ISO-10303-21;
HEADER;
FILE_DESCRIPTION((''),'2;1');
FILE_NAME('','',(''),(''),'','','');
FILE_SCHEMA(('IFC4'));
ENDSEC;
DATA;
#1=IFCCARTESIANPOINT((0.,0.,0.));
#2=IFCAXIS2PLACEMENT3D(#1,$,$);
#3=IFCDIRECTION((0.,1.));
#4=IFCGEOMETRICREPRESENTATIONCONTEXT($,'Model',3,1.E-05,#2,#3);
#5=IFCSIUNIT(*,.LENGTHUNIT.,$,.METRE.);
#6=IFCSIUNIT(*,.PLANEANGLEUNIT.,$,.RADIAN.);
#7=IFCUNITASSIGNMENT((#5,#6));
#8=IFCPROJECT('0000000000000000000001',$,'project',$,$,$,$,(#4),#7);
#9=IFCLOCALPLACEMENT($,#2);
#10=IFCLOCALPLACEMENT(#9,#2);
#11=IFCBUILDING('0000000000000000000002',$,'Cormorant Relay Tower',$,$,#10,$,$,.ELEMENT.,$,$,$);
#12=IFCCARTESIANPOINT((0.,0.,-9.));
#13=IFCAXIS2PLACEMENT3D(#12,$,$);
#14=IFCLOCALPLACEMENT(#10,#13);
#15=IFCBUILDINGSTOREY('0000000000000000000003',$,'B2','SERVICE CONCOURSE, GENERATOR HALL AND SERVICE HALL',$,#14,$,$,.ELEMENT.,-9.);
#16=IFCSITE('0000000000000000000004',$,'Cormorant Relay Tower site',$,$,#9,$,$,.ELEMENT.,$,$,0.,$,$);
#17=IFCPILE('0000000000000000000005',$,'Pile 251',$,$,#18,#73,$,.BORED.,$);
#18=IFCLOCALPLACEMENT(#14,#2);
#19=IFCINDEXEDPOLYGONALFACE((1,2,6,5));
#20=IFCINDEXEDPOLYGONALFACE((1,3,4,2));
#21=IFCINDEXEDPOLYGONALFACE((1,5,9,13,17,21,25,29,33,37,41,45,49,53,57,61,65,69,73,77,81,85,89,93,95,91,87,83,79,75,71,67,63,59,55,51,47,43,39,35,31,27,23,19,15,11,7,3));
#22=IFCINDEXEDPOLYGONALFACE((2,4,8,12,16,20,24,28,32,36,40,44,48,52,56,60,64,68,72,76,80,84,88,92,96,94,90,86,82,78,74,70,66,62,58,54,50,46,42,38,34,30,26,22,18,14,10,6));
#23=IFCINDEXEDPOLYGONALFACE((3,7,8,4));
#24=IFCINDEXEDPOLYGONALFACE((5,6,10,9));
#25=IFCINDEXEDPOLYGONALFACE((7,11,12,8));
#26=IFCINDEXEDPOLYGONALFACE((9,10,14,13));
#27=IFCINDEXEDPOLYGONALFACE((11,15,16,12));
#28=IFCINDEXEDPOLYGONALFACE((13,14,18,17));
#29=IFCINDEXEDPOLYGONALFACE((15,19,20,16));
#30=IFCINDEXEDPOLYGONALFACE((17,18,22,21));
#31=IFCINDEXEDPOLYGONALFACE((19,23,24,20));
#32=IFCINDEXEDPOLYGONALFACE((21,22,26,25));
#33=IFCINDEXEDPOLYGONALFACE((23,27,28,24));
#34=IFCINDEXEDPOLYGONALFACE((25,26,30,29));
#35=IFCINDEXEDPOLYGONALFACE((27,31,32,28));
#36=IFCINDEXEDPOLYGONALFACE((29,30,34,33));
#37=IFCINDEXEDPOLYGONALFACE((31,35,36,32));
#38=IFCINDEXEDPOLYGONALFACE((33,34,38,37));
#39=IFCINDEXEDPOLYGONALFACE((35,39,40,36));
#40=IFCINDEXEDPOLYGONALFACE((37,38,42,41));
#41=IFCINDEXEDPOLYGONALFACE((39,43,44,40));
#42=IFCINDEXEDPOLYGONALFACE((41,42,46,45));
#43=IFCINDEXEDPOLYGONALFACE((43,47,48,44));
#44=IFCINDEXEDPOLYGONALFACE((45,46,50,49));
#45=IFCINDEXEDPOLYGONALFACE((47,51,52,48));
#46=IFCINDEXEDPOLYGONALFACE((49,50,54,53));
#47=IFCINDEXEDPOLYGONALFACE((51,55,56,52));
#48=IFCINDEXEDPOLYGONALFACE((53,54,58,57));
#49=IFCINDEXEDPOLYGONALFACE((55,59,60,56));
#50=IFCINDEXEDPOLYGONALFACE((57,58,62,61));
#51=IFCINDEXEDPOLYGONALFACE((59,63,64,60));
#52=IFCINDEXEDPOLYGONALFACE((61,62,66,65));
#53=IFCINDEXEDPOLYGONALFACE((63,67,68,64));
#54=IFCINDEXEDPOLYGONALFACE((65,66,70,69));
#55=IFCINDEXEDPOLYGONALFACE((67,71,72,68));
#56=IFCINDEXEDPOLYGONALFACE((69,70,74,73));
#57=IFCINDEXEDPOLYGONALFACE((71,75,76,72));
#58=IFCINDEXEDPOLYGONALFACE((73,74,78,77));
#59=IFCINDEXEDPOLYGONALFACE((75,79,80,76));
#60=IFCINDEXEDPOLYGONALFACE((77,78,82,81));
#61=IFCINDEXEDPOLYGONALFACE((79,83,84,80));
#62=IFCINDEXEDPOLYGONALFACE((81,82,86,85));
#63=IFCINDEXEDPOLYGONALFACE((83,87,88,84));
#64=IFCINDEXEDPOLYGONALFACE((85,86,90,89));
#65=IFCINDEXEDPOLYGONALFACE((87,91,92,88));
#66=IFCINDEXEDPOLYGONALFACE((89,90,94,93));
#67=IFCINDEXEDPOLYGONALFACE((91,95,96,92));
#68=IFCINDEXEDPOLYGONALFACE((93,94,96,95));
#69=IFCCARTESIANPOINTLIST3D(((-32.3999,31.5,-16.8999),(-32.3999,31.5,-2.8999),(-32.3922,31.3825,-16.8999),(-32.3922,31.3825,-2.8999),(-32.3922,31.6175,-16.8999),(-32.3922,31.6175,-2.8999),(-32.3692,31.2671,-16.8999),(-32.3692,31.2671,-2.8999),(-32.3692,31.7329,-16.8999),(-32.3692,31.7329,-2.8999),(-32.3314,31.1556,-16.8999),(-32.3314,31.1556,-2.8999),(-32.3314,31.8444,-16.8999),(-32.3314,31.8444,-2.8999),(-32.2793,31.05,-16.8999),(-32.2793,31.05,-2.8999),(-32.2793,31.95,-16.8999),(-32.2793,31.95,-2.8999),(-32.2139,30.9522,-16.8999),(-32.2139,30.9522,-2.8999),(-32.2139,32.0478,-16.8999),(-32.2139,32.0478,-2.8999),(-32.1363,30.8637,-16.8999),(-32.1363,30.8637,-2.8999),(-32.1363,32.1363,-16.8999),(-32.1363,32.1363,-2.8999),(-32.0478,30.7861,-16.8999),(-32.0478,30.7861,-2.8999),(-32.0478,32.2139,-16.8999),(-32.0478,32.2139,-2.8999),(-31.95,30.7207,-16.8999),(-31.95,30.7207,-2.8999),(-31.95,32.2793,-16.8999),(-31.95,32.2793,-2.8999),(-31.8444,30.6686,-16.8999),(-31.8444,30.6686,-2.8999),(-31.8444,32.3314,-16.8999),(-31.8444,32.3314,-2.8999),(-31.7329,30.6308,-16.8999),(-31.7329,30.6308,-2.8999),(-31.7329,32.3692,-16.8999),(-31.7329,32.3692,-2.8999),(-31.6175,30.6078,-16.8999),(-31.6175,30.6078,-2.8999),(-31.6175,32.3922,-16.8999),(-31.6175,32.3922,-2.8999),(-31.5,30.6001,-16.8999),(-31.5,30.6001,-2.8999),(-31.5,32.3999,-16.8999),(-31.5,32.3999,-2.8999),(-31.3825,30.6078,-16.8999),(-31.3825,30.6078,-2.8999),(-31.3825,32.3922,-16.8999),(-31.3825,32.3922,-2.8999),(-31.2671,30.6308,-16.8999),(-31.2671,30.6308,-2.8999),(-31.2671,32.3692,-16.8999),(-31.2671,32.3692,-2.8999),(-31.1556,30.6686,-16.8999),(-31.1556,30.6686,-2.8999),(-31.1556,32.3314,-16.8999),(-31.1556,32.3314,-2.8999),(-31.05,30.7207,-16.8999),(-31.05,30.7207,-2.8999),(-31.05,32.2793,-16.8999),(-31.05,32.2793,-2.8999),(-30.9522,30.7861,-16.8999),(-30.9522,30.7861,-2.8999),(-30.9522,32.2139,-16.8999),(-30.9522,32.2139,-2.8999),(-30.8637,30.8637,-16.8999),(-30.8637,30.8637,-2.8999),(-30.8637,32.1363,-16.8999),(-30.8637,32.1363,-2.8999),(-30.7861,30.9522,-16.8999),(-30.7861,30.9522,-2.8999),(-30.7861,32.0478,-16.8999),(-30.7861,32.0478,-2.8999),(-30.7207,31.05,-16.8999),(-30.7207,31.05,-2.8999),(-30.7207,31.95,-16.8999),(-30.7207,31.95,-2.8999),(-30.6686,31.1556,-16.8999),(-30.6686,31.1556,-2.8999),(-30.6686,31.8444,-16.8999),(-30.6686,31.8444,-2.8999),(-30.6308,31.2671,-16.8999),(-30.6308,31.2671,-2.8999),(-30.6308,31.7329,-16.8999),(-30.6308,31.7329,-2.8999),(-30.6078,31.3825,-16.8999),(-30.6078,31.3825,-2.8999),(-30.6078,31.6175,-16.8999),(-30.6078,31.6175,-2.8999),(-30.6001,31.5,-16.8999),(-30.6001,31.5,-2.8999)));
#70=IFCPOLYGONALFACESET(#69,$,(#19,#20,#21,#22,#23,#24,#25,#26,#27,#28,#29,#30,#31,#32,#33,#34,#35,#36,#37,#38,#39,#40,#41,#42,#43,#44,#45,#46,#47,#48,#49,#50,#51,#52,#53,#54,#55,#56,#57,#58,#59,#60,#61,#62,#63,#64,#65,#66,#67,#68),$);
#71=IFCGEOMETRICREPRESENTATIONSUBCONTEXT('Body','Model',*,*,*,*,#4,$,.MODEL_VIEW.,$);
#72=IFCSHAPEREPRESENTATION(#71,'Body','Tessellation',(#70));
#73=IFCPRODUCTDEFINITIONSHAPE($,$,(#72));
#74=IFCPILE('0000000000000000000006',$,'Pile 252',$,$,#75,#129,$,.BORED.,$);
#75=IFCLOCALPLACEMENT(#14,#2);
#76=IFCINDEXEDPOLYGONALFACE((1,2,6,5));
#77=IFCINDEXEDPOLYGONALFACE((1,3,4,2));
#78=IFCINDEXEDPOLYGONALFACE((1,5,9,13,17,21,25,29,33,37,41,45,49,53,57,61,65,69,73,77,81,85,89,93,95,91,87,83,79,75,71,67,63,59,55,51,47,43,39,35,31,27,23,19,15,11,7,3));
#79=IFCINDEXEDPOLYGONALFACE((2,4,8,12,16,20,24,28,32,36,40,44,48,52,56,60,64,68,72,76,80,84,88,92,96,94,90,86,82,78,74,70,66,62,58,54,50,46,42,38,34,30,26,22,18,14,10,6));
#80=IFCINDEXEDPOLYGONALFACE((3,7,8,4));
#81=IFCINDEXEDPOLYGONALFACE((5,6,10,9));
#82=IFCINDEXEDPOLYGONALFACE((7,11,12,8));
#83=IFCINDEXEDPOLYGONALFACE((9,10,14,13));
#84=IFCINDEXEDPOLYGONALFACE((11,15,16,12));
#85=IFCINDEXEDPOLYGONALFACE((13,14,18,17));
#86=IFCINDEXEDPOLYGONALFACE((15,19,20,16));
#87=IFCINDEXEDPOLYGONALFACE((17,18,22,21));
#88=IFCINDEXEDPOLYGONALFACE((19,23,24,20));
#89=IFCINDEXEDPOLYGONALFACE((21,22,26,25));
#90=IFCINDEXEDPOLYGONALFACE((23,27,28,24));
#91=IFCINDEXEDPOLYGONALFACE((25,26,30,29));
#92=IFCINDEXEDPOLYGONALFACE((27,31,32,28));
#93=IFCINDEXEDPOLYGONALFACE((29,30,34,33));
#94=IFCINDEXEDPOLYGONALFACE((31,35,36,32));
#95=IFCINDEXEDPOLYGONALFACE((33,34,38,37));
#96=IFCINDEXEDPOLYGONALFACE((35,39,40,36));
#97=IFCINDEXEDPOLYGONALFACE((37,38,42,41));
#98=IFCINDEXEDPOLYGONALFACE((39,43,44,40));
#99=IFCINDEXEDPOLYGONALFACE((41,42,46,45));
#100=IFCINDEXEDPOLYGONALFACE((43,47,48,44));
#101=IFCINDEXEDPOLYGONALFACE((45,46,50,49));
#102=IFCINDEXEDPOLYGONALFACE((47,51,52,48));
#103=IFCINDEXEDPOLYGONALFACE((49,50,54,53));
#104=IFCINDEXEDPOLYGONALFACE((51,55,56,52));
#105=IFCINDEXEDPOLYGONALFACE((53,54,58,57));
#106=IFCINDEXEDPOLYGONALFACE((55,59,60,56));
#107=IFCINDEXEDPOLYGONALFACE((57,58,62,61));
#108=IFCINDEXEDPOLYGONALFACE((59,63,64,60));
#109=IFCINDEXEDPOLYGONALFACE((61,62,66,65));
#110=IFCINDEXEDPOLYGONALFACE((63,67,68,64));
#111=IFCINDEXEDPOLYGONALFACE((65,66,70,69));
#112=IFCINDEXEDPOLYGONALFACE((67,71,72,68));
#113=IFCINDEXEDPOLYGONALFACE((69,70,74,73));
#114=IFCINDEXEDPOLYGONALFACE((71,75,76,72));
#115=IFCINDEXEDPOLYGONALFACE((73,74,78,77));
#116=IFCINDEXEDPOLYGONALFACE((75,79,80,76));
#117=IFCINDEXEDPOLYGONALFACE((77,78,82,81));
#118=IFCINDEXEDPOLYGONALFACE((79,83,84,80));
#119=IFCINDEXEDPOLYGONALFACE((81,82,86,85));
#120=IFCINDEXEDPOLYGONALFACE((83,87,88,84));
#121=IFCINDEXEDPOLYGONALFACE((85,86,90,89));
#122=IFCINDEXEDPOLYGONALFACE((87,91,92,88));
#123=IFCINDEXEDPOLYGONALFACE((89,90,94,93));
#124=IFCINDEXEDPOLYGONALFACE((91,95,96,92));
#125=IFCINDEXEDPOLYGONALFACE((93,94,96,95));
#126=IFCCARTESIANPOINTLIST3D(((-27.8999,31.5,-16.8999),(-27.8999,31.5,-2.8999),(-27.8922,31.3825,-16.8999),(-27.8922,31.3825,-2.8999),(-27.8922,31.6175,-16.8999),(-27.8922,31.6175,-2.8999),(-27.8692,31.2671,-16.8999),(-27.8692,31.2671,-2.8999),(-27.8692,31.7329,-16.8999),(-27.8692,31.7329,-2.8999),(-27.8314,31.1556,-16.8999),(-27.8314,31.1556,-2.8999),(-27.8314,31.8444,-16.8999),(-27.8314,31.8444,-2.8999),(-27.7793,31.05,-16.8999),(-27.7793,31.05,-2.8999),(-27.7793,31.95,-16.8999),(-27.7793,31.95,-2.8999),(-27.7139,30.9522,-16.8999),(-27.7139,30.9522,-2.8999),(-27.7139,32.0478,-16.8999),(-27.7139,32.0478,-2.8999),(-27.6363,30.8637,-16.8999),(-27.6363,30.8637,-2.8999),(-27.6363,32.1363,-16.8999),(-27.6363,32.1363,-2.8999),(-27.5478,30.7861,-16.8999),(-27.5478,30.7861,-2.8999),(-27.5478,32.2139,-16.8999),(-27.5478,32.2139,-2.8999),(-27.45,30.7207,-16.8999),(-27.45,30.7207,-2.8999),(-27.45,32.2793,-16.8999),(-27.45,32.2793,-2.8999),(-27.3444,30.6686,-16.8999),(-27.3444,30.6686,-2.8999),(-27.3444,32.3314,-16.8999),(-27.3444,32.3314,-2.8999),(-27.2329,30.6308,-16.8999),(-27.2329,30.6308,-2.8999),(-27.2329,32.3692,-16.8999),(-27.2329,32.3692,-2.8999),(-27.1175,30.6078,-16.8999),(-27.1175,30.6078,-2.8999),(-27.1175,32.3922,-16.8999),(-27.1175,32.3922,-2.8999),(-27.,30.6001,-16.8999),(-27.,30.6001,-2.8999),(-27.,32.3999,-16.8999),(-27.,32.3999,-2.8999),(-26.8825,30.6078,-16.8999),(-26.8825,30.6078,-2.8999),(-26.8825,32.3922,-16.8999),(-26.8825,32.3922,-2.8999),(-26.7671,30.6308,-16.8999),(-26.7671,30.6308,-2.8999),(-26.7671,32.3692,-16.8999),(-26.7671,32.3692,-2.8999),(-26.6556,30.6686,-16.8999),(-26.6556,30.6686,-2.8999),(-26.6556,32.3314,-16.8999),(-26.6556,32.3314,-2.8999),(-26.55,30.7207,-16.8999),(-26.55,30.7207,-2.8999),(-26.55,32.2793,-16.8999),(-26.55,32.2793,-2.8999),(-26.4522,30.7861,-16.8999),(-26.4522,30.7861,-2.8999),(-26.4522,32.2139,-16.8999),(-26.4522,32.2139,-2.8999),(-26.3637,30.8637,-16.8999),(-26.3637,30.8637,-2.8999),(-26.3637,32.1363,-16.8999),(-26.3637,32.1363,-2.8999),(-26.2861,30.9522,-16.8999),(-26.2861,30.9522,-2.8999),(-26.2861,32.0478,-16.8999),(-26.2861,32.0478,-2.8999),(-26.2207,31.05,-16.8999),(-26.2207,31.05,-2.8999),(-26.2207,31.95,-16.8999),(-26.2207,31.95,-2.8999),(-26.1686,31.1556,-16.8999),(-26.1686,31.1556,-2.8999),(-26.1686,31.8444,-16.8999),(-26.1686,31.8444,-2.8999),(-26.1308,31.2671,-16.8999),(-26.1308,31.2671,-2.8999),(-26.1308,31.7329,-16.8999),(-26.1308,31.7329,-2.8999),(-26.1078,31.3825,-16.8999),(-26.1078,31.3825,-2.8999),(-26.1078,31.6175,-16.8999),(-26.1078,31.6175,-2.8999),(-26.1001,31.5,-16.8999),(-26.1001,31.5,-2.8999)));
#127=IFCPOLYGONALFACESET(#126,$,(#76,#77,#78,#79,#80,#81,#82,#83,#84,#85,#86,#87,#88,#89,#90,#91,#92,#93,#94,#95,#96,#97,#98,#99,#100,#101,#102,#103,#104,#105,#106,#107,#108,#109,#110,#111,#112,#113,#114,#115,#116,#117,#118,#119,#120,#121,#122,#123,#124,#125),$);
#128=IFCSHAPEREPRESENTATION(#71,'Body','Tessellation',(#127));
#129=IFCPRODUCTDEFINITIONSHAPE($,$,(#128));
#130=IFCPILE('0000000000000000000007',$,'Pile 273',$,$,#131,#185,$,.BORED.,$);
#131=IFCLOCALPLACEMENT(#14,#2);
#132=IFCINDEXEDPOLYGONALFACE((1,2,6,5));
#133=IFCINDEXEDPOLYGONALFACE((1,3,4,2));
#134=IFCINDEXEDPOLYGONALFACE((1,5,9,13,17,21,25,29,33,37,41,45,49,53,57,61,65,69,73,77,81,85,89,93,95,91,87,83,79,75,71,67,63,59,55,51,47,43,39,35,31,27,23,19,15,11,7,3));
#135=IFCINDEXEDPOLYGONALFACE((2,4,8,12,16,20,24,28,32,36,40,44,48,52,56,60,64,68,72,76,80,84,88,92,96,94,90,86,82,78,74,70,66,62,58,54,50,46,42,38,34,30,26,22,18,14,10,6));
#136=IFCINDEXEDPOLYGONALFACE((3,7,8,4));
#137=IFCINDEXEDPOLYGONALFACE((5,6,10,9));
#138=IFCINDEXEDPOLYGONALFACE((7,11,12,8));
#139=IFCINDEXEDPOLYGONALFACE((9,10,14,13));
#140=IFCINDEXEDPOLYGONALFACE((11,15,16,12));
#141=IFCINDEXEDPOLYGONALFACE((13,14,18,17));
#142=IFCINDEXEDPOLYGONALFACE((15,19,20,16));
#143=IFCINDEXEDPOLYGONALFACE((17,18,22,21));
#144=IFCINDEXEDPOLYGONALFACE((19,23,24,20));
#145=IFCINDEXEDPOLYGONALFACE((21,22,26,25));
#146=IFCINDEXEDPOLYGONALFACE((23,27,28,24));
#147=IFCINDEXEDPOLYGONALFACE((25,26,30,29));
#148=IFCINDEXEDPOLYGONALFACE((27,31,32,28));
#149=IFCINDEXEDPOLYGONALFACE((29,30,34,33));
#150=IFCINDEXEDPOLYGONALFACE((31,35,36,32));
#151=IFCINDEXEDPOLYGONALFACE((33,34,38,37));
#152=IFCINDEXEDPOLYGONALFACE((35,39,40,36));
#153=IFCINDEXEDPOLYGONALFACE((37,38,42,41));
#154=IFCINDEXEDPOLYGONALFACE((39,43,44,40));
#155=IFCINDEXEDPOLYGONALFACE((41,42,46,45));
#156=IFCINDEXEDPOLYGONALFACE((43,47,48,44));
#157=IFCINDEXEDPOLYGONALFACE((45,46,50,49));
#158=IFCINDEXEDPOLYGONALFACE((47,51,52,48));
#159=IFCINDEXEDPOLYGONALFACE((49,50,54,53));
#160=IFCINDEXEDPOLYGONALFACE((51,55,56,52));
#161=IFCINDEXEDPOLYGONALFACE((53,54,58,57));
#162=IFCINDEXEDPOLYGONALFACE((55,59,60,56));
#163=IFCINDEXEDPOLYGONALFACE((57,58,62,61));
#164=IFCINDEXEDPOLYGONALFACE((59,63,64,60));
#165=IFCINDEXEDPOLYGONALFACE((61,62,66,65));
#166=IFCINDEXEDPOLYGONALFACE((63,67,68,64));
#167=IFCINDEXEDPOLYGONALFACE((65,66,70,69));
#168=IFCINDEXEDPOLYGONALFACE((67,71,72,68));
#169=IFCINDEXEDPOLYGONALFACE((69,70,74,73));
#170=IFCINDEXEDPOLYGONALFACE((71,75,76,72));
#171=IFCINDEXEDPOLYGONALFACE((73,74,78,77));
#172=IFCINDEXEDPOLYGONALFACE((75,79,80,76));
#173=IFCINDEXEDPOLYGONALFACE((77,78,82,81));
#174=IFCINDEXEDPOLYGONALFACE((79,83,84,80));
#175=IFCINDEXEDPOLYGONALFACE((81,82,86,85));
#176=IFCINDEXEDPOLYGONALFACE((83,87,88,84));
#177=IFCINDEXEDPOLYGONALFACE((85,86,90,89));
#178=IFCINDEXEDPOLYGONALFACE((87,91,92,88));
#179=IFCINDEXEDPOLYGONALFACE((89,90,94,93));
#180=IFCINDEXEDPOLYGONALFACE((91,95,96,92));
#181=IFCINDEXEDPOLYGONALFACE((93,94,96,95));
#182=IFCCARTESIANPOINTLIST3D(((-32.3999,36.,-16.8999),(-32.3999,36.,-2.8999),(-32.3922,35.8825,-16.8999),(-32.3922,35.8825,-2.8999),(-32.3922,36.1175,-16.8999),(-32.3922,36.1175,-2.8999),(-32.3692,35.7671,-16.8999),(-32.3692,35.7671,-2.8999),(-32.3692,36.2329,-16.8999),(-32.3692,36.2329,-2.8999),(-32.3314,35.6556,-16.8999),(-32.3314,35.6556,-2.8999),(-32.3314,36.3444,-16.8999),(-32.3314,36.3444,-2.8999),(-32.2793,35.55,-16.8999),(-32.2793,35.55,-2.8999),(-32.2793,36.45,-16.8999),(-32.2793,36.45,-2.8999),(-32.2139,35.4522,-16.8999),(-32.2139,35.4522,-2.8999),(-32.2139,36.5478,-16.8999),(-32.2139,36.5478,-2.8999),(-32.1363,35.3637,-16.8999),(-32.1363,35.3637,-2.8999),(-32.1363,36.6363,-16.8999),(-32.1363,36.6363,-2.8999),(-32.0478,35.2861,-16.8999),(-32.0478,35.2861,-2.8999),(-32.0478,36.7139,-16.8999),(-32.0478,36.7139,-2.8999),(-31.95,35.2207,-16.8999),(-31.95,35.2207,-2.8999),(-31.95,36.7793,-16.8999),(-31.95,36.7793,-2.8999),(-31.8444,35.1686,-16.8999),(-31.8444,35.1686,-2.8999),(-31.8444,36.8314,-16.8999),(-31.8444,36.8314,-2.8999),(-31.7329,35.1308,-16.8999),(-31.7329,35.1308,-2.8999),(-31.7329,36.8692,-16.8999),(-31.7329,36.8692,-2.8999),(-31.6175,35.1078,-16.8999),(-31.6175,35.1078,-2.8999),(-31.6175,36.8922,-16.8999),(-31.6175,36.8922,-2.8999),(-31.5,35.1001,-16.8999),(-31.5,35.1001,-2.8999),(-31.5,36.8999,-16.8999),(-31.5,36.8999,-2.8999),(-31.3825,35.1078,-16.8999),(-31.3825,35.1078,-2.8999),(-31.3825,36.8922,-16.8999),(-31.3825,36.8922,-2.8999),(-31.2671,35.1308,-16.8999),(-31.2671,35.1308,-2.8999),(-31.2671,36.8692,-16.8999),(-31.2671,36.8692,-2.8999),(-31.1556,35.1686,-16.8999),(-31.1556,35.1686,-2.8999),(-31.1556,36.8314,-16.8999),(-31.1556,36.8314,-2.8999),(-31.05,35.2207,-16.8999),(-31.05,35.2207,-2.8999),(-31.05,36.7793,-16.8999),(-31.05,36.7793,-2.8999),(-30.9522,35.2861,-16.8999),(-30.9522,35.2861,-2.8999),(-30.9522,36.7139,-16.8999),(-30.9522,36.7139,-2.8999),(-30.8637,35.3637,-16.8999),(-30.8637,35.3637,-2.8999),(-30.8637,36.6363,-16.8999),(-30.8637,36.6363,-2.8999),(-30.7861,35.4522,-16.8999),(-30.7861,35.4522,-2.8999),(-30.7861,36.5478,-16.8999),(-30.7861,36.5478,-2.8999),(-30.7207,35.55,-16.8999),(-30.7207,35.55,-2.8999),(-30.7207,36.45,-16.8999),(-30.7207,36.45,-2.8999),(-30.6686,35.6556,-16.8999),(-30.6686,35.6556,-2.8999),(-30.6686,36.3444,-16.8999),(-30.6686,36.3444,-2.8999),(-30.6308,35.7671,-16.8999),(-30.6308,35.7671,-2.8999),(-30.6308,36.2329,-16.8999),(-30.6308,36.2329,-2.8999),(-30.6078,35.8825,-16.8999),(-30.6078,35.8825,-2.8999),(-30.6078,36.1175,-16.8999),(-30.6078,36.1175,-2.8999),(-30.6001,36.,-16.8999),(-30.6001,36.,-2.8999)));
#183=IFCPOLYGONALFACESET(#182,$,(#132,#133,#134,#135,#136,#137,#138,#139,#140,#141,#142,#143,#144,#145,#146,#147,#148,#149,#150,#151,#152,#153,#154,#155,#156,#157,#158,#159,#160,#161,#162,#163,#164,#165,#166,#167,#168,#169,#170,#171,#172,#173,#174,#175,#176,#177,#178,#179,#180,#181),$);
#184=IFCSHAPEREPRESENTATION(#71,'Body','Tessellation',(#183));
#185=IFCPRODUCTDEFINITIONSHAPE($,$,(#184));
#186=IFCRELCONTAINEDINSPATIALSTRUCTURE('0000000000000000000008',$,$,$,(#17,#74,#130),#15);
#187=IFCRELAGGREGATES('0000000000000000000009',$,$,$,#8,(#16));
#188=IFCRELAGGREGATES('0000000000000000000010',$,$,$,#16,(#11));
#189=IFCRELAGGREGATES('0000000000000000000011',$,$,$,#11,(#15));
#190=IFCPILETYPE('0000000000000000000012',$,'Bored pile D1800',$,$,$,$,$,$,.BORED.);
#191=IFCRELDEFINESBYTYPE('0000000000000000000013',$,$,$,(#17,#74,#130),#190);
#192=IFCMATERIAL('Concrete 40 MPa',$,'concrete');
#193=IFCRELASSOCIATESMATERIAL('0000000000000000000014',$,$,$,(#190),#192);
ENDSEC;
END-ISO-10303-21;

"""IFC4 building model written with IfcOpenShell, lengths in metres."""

from ifc_helpers import new_model, si_unit, direction, frame, origin, origin_2d, place, context, subcontext, project, spatial, circle, extrude, material, material_profile, profile_set, type_object, element, save


model = new_model("IFC4")

# Units and contexts
model_context = context("Model", 3, precision=1e-05, world=origin(), true_north=direction((0.0, 1.0)))
body_context = subcontext(model_context, "Body", "Model", "MODEL_VIEW")
ifc_project = project(units=[si_unit("LENGTHUNIT", "METRE"), si_unit("PLANEANGLEUNIT", "RADIAN")], contexts=[model_context])

# Site, building, storey
site_placement = place(None, origin())
site = spatial("IfcSite", under=ifc_project, at=site_placement, Name="Cormorant Relay Tower site", CompositionType="ELEMENT", RefElevation=0.0)
building_placement = place(site_placement, origin())
building = spatial("IfcBuilding", under=site, at=building_placement, Name="Cormorant Relay Tower", CompositionType="ELEMENT")
storey_placement = place(building_placement, frame((0.0, 0.0, -9.0)))
storey = spatial("IfcBuildingStorey", under=building, at=storey_placement, Name="B2", Description="SERVICE CONCOURSE, GENERATOR HALL AND SERVICE HALL", CompositionType="ELEMENT", Elevation=-9.0)

# Piles
ifc_material_1 = material(Name="Concrete 40 MPa", Category="concrete")
ifc_material_profile_1 = material_profile(ifc_material_1, circle(Radius=0.8999, at=origin_2d()), Name="BP1800")
ifc_profile_set_1 = profile_set([ifc_material_profile_1], Name="Concrete 40 MPa")
pile_type = type_object("IfcPileType", Name="Bored pile D1800", PredefinedType="BORED", material=ifc_profile_set_1)
for number, where, z_axis, x_axis, name in (
    (1, (-31.5, 31.5, -2.8999), (0.0, 0.0, -1.0), (1.0, 0.0, 0.0), "Pile 251"),
    (2, (-27.0, 31.5, -2.8999), (0.0, 0.0, -1.0), (1.0, 0.0, 0.0), "Pile 252"),
    (3, (-31.5, 36.0, -2.8999), (0.0, 0.0, -1.0), (1.0, 0.0, 0.0), "Pile 273"),
):
    element("IfcPile", number, at=place(storey_placement, frame(where, z_axis=z_axis, x_axis=x_axis)), inside=storey, type_object=pile_type, Name=name, PredefinedType="BORED", context=body_context, shape_type="SweptSolid", body=[
        extrude(circle(Radius=0.8999, at=origin_2d()), origin(), (0.0, 0.0, 1.0), 14.0),
    ])

save(model, "model.ifc")
